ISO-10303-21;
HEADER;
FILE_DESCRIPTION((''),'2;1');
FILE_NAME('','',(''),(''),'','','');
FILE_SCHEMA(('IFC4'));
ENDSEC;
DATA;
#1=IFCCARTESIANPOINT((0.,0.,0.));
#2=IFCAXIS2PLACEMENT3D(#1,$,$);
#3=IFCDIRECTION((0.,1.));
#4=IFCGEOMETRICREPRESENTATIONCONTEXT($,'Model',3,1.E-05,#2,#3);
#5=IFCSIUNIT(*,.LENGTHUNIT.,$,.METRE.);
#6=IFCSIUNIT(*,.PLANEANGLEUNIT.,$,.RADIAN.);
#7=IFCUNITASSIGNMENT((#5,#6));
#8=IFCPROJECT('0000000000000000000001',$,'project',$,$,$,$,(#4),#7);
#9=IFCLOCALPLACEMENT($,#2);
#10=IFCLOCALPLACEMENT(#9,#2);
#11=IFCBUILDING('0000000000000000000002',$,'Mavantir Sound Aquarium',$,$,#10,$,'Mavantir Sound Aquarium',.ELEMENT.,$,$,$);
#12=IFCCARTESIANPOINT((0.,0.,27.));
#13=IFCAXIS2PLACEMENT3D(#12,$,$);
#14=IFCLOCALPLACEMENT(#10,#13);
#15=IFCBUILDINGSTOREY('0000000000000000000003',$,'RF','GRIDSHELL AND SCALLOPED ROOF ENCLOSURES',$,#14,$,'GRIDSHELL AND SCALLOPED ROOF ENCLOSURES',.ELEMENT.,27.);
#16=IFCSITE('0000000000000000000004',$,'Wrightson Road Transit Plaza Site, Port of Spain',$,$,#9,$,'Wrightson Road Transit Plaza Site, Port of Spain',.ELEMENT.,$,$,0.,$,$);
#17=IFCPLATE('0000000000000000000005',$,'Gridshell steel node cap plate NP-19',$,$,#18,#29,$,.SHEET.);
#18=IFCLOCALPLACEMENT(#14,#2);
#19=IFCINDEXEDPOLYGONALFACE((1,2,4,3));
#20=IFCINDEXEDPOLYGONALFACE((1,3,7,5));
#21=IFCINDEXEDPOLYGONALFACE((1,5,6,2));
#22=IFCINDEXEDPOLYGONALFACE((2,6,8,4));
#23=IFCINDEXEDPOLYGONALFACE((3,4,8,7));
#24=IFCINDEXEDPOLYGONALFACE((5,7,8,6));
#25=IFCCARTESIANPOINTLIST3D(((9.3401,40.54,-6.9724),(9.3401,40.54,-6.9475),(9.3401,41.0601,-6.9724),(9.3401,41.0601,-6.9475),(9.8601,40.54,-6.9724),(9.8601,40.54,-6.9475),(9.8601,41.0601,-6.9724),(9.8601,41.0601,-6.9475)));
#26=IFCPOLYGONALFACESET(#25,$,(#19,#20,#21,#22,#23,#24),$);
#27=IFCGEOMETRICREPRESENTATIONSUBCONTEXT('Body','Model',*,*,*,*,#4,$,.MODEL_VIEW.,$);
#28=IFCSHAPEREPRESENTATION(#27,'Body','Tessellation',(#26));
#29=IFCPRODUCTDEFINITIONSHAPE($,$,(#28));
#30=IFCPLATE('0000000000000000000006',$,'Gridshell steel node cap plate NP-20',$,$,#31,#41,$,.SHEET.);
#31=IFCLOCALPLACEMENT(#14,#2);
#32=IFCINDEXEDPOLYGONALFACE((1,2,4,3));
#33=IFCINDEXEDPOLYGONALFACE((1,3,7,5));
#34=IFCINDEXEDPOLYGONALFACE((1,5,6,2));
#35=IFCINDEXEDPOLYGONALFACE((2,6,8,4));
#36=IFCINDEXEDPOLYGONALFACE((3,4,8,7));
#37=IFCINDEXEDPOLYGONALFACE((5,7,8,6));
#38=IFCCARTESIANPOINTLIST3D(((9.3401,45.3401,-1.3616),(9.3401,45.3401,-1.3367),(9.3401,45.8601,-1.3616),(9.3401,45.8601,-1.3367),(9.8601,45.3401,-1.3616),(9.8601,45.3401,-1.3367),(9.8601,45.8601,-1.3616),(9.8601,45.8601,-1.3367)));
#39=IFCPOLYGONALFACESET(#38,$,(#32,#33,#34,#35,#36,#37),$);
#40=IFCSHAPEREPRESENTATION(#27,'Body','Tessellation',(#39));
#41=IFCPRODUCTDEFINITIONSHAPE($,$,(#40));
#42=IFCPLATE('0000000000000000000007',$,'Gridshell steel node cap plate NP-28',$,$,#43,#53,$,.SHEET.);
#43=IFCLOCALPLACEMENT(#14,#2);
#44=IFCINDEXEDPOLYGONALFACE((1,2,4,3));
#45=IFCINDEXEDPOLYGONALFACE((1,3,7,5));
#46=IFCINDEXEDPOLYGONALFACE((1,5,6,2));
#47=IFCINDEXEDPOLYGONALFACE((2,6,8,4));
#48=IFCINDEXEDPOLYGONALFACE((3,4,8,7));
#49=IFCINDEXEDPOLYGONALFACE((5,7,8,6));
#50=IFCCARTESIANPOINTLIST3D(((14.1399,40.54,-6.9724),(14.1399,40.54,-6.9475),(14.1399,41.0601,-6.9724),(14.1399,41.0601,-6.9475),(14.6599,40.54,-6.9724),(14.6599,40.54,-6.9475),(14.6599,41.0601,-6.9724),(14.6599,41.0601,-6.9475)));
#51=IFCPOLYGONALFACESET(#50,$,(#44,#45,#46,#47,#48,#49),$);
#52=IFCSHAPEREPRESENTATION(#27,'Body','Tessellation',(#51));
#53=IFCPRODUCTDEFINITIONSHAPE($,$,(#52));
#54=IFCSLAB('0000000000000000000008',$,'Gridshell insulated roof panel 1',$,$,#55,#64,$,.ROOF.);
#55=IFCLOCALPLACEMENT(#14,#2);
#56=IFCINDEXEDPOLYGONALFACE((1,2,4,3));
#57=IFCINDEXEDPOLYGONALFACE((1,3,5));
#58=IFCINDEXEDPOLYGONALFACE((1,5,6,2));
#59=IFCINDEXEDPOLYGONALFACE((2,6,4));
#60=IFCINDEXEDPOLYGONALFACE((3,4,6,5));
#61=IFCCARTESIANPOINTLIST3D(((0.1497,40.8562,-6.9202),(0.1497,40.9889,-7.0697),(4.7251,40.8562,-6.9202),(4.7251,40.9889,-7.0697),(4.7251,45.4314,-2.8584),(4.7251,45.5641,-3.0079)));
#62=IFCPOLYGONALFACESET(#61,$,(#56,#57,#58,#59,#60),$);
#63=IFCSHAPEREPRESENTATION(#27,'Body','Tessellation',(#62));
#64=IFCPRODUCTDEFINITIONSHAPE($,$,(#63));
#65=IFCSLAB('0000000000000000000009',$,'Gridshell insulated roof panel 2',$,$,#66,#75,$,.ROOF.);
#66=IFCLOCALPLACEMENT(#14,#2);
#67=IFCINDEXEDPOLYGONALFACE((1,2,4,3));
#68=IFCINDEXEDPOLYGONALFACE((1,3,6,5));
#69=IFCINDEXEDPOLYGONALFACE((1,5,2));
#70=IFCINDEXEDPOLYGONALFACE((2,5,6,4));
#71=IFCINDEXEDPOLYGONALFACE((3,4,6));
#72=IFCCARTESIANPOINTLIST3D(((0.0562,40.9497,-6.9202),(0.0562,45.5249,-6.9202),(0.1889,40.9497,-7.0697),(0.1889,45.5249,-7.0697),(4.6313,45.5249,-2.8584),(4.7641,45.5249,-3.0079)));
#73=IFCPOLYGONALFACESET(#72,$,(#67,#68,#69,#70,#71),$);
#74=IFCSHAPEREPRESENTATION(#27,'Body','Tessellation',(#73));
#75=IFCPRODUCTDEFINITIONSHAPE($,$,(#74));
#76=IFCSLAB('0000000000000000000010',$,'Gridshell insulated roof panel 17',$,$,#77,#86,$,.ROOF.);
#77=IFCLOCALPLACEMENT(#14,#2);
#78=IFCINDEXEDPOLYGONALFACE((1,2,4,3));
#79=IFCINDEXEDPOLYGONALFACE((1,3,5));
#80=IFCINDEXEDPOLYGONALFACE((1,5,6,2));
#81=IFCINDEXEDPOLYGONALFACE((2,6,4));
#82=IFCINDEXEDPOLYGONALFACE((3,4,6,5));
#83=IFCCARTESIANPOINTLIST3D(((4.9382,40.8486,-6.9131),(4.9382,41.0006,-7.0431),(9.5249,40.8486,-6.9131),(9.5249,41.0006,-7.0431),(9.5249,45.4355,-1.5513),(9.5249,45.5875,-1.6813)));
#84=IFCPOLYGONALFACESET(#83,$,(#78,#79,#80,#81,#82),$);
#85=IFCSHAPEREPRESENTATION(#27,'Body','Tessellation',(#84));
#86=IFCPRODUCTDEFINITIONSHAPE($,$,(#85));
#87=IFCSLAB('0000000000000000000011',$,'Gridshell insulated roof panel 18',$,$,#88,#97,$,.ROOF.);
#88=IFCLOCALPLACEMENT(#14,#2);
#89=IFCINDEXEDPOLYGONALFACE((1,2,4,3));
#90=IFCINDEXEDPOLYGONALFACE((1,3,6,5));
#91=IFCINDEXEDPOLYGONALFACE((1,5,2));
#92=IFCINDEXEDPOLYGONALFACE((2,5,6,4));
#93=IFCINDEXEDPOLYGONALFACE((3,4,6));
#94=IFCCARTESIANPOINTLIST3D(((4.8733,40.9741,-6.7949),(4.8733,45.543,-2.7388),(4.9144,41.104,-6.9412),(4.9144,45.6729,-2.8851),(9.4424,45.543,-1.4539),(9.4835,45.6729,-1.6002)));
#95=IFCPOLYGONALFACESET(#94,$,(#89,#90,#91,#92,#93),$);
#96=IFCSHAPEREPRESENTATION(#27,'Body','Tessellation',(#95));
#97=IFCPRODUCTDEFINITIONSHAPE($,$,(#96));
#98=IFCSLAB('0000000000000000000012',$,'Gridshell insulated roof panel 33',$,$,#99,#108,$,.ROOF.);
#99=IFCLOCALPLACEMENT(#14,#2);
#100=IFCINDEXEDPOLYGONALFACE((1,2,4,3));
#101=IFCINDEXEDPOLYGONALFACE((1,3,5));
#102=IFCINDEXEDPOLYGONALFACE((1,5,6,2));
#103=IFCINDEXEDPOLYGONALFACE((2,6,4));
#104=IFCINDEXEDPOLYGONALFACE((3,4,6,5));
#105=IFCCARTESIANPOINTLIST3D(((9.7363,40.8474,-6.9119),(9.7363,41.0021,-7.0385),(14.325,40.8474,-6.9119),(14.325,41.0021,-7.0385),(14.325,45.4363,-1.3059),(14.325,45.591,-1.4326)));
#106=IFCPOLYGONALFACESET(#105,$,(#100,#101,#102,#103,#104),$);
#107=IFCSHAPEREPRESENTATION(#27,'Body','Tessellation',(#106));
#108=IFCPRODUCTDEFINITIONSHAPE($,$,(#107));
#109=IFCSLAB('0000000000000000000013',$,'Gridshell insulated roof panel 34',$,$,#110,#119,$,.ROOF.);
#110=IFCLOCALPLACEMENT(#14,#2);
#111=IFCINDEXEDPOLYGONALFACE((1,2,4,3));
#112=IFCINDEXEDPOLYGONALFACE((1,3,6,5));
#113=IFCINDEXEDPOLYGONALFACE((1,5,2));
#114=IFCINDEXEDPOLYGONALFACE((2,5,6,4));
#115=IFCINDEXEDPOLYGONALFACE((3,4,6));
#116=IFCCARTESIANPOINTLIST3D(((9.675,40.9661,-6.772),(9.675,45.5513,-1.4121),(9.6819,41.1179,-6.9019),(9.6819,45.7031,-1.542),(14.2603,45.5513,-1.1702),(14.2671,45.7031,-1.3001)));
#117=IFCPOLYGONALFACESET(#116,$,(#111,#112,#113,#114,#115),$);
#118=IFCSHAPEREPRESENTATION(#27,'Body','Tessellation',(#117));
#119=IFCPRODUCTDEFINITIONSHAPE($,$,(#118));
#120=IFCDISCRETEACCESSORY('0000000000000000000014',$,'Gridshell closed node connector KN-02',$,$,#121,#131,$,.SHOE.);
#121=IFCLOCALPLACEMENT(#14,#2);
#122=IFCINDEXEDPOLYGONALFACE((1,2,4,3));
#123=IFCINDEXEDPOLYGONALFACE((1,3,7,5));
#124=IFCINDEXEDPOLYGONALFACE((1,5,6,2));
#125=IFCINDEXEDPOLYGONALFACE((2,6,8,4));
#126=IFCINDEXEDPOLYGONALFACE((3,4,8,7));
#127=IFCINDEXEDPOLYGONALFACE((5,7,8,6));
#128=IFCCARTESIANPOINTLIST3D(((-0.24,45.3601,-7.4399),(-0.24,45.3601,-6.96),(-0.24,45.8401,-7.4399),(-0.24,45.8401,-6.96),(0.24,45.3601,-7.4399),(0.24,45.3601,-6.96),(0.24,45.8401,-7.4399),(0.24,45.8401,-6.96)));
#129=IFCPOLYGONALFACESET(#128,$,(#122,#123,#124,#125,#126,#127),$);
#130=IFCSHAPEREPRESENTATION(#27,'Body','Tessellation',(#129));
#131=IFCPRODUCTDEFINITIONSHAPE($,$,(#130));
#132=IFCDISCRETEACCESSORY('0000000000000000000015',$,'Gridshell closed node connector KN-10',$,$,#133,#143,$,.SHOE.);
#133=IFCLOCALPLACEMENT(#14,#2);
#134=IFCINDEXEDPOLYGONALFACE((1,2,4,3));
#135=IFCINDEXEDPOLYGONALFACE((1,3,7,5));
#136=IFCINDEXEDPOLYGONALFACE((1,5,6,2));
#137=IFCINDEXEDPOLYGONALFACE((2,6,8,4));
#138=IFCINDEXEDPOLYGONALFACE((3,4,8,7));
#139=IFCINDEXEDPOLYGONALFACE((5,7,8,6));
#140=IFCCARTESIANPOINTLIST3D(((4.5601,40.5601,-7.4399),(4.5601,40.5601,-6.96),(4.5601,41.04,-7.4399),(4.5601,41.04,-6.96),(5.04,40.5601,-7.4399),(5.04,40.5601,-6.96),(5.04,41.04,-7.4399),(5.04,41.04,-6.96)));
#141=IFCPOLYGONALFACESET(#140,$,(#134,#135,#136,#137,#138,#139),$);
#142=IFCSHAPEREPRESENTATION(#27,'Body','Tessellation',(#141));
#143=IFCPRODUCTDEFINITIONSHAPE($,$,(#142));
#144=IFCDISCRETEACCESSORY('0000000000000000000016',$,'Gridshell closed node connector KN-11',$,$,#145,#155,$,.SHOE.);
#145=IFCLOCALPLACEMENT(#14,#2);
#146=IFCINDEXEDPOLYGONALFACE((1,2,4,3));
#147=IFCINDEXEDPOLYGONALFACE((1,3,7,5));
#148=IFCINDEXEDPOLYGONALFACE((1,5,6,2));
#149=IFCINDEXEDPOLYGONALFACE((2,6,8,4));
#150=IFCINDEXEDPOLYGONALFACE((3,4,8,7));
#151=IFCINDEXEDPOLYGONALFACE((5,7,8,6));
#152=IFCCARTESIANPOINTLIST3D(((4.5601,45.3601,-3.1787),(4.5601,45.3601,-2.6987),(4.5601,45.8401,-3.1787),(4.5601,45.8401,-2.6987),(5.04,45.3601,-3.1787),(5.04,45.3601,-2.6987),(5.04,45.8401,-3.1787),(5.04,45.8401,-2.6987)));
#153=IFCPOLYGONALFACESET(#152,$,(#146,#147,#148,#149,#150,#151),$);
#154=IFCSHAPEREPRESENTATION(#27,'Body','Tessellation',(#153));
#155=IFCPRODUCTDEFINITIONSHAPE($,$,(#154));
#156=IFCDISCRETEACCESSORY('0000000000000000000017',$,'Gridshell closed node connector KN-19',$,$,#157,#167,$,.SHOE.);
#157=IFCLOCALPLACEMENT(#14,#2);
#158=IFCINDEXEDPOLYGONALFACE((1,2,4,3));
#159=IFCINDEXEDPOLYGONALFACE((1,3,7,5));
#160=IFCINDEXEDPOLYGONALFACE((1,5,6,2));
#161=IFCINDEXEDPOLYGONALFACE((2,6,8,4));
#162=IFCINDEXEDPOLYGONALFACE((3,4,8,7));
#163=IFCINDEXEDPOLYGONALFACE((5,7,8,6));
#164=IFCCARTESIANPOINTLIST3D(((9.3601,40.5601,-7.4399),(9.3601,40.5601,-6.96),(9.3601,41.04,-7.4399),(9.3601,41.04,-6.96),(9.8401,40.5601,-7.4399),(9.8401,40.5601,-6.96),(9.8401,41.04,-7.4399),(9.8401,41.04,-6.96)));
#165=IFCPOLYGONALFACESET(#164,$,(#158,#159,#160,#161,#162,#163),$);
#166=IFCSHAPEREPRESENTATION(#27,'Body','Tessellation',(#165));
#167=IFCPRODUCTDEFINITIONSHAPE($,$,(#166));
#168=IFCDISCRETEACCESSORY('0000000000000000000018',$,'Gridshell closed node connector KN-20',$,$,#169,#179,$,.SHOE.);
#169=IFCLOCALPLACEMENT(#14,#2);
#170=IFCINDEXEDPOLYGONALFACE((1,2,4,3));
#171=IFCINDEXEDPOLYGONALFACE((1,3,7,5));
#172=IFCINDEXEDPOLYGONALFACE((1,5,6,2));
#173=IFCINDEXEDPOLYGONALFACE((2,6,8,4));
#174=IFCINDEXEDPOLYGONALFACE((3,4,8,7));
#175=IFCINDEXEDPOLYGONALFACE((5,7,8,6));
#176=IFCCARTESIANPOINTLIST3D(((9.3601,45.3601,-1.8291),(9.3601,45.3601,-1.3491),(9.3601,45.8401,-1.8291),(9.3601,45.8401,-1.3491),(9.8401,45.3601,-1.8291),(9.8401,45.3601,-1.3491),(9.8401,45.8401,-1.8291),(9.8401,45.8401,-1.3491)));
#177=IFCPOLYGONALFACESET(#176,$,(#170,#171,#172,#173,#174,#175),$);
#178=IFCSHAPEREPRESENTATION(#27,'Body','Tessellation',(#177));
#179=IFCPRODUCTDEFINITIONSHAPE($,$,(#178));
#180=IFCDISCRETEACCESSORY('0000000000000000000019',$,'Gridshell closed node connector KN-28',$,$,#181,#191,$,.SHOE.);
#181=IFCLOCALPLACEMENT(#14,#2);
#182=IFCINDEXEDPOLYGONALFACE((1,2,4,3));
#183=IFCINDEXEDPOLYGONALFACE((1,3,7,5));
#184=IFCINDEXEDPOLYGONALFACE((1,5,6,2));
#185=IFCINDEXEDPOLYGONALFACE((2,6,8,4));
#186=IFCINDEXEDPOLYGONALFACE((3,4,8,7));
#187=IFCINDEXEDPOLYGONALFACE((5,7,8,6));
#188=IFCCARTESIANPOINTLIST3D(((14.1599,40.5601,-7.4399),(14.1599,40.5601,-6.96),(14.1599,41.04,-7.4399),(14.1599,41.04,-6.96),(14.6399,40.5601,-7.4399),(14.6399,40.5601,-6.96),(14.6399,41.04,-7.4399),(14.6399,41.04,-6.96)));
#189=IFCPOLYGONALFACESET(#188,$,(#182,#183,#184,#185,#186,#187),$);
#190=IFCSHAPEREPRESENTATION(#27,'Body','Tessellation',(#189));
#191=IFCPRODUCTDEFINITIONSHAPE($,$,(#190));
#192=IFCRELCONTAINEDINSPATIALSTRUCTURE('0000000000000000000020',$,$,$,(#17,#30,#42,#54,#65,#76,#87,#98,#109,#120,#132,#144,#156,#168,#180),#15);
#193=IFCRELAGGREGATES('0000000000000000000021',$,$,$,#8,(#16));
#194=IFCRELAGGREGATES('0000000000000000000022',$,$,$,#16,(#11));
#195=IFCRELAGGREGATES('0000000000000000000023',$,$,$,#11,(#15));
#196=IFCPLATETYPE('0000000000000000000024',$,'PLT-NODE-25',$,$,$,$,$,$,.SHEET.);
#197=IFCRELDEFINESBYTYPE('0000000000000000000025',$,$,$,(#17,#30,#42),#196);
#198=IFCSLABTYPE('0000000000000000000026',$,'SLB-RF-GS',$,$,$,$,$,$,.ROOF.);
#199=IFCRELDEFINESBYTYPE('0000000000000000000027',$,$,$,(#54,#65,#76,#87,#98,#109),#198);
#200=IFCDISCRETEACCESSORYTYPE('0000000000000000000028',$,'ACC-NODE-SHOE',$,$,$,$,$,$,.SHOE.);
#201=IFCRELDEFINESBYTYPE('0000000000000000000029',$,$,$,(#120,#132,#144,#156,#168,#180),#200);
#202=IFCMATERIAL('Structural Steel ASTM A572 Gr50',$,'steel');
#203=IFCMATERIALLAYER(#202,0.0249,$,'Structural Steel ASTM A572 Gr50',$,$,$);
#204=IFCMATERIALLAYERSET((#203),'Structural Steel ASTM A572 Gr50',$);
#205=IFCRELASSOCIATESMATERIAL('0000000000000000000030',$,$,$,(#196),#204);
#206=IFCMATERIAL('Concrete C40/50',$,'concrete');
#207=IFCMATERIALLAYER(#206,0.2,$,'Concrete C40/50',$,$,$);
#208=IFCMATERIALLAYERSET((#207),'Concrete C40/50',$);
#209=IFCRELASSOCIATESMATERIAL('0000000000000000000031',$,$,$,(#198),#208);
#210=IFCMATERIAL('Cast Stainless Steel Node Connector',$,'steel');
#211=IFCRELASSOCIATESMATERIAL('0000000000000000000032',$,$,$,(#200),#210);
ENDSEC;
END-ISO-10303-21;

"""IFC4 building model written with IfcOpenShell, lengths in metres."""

from ifc_helpers import new_model, si_unit, direction, frame, origin, origin_2d, place, context, subcontext, project, spatial, polyline, rectangle, outline, extrude, material, layer, layer_set, type_object, element, save


model = new_model("IFC4")

# Units and contexts
model_context = context("Model", 3, precision=1e-05, world=origin(), true_north=direction((0.0, 1.0)))
body_context = subcontext(model_context, "Body", "Model", "MODEL_VIEW")
ifc_project = project(units=[si_unit("LENGTHUNIT", "METRE"), si_unit("PLANEANGLEUNIT", "RADIAN")], contexts=[model_context])

# Site, building, storey
site_placement = place(None, origin())
site = spatial("IfcSite", under=ifc_project, at=site_placement, Name="Wrightson Road Transit Plaza Site, Port of Spain", LongName="Wrightson Road Transit Plaza Site, Port of Spain", CompositionType="ELEMENT", RefElevation=0.0)
building_placement = place(site_placement, origin())
building = spatial("IfcBuilding", under=site, at=building_placement, Name="Mavantir Sound Aquarium", LongName="Mavantir Sound Aquarium", CompositionType="ELEMENT")
storey_placement = place(building_placement, frame((0.0, 0.0, 27.0)))
storey = spatial("IfcBuildingStorey", under=building, at=storey_placement, Name="RF", Description="GRIDSHELL AND SCALLOPED ROOF ENCLOSURES", LongName="GRIDSHELL AND SCALLOPED ROOF ENCLOSURES", CompositionType="ELEMENT", Elevation=27.0)

# Plates
ifc_material_1 = material(Name="Structural Steel ASTM A572 Gr50", Category="steel")
ifc_layer_1 = layer(ifc_material_1, 0.0249, Name="Structural Steel ASTM A572 Gr50")
ifc_layer_set_1 = layer_set([ifc_layer_1], Name="Structural Steel ASTM A572 Gr50")
plate_type_1 = type_object("IfcPlateType", Name="PLT-NODE-25", PredefinedType="SHEET", material=ifc_layer_set_1)
for number, where, z_axis, x_axis, name in (
    (1, (9.6001, 40.8, -6.9724), (0.0, 0.0, 1.0), (1.0, 0.0, 0.0), "Gridshell steel node cap plate NP-19"),
    (2, (9.6001, 45.6001, -1.3616), (0.0, 0.0, 1.0), (1.0, 0.0, 0.0), "Gridshell steel node cap plate NP-20"),
    (3, (14.3999, 40.8, -6.9724), (0.0, 0.0, 1.0), (1.0, 0.0, 0.0), "Gridshell steel node cap plate NP-28"),
):
    element("IfcPlate", number, at=place(storey_placement, frame(where, z_axis=z_axis, x_axis=x_axis)), inside=storey, type_object=plate_type_1, Name=name, PredefinedType="SHEET", context=body_context, shape_type="SweptSolid", body=[
        extrude(rectangle(XDim=0.52, YDim=0.52, at=origin_2d()), origin(), (0.0, 0.0, 1.0), 0.0249),
    ])

# Slabs
ifc_material_2 = material(Name="Concrete C40/50", Category="concrete")
ifc_layer_2 = layer(ifc_material_2, 0.2, Name="Concrete C40/50")
ifc_layer_set_2 = layer_set([ifc_layer_2], Name="Concrete C40/50")
slab_type = type_object("IfcSlabType", Name="SLB-RF-GS", PredefinedType="ROOF", material=ifc_layer_set_2)
slab_1_placement = place(storey_placement, frame((0.1497, 40.8562, -6.9202), z_axis=(0.0, -0.663901, 0.747821), x_axis=(1.0, 0.0, 0.0)))
element("IfcSlab", 4, at=slab_1_placement, inside=storey, type_object=slab_type, Name="Gridshell insulated roof panel 1", PredefinedType="ROOF", context=body_context, shape_type="SweptSolid", body=[
    extrude(outline(polyline([(0.0, 0.0), (4.5754, 0.0), (4.5754, 6.118), (0.0, 0.0)])), origin(), (0.0, 0.0, -1.0), 0.2),
])
slab_2_placement = place(storey_placement, frame((0.0562, 40.9497, -6.9202), z_axis=(-0.663901, 0.0, 0.747821), x_axis=(0.598883, 0.598883, 0.531676)))
element("IfcSlab", 5, at=slab_2_placement, inside=storey, type_object=slab_type, Name="Gridshell insulated roof panel 2", PredefinedType="ROOF", context=body_context, shape_type="SweptSolid", body=[
    extrude(outline(polyline([(0.0, 0.0), (7.6396, 0.0), (2.74, 3.664), (0.0, 0.0)])), origin(), (0.0, 0.0, -1.0), 0.2),
])
slab_3_placement = place(storey_placement, frame((4.9382, 40.8486, -6.9131), z_axis=(0.0, -0.759881, 0.650062), x_axis=(1.0, 0.0, 0.0)))
element("IfcSlab", 6, at=slab_3_placement, inside=storey, type_object=slab_type, Name="Gridshell insulated roof panel 17", PredefinedType="ROOF", context=body_context, shape_type="SweptSolid", body=[
    extrude(outline(polyline([(0.0, 0.0), (4.5867, 0.0), (4.5867, 7.0561), (0.0, 0.0)])), origin(), (0.0, 0.0, -1.0), 0.2),
])
slab_4_placement = place(storey_placement, frame((4.8733, 40.9741, -6.7949), z_axis=(-0.205799, -0.649691, 0.731812), x_axis=(0.54503, 0.545001, 0.637116)))
element("IfcSlab", 7, at=slab_4_placement, inside=storey, type_object=slab_type, Name="Gridshell insulated roof panel 18", PredefinedType="ROOF", context=body_context, shape_type="SweptSolid", body=[
    extrude(outline(polyline([(0.0, 0.0), (8.3832, 0.0), (5.0743, 3.4027), (0.0, 0.0)])), origin(), (0.0, 0.0, -1.0), 0.2),
])
slab_5_placement = place(storey_placement, frame((9.7363, 40.8474, -6.9119), z_axis=(0.0, -0.77381, 0.633418), x_axis=(1.0, 0.0, 0.0)))
element("IfcSlab", 8, at=slab_5_placement, inside=storey, type_object=slab_type, Name="Gridshell insulated roof panel 33", PredefinedType="ROOF", context=body_context, shape_type="SweptSolid", body=[
    extrude(outline(polyline([(0.0, 0.0), (4.5886, 0.0), (4.5886, 7.2446), (0.0, 0.0)])), origin(), (0.0, 0.0, -1.0), 0.2),
])
slab_6_placement = place(storey_placement, frame((9.675, 40.9661, -6.772), z_axis=(-0.034281, -0.759438, 0.649676), x_axis=(0.53509, 0.53509, 0.653726)))
element("IfcSlab", 9, at=slab_6_placement, inside=storey, type_object=slab_type, Name="Gridshell insulated roof panel 34", PredefinedType="ROOF", context=body_context, shape_type="SweptSolid", body=[
    extrude(outline(polyline([(0.0, 0.0), (8.569, 0.0), (5.9574, 3.7765), (0.0, 0.0)])), origin(), (0.0, 0.0, -1.0), 0.2),
])

# Discrete accessories
ifc_material_3 = material(Name="Cast Stainless Steel Node Connector", Category="steel")
discrete_accessory_type = type_object("IfcDiscreteAccessoryType", Name="ACC-NODE-SHOE", PredefinedType="SHOE", material=ifc_material_3)
for number, where, z_axis, x_axis, name in (
    (10, (0.0, 45.6001, -7.4399), (0.0, 0.0, 1.0), (1.0, 0.0, 0.0), "Gridshell closed node connector KN-02"),
    (11, (4.8, 40.8, -7.4399), (0.0, 0.0, 1.0), (1.0, 0.0, 0.0), "Gridshell closed node connector KN-10"),
    (12, (4.8, 45.6001, -3.1787), (0.0, 0.0, 1.0), (1.0, 0.0, 0.0), "Gridshell closed node connector KN-11"),
    (13, (9.6001, 40.8, -7.4399), (0.0, 0.0, 1.0), (1.0, 0.0, 0.0), "Gridshell closed node connector KN-19"),
    (14, (9.6001, 45.6001, -1.8291), (0.0, 0.0, 1.0), (1.0, 0.0, 0.0), "Gridshell closed node connector KN-20"),
    (15, (14.3999, 40.8, -7.4399), (0.0, 0.0, 1.0), (1.0, 0.0, 0.0), "Gridshell closed node connector KN-28"),
):
    element("IfcDiscreteAccessory", number, at=place(storey_placement, frame(where, z_axis=z_axis, x_axis=x_axis)), inside=storey, type_object=discrete_accessory_type, Name=name, PredefinedType="SHOE", context=body_context, shape_type="SweptSolid", body=[
        extrude(rectangle(XDim=0.48, YDim=0.48, at=origin_2d()), origin(), (0.0, 0.0, 1.0), 0.48),
    ])

save(model, "model.ifc")
